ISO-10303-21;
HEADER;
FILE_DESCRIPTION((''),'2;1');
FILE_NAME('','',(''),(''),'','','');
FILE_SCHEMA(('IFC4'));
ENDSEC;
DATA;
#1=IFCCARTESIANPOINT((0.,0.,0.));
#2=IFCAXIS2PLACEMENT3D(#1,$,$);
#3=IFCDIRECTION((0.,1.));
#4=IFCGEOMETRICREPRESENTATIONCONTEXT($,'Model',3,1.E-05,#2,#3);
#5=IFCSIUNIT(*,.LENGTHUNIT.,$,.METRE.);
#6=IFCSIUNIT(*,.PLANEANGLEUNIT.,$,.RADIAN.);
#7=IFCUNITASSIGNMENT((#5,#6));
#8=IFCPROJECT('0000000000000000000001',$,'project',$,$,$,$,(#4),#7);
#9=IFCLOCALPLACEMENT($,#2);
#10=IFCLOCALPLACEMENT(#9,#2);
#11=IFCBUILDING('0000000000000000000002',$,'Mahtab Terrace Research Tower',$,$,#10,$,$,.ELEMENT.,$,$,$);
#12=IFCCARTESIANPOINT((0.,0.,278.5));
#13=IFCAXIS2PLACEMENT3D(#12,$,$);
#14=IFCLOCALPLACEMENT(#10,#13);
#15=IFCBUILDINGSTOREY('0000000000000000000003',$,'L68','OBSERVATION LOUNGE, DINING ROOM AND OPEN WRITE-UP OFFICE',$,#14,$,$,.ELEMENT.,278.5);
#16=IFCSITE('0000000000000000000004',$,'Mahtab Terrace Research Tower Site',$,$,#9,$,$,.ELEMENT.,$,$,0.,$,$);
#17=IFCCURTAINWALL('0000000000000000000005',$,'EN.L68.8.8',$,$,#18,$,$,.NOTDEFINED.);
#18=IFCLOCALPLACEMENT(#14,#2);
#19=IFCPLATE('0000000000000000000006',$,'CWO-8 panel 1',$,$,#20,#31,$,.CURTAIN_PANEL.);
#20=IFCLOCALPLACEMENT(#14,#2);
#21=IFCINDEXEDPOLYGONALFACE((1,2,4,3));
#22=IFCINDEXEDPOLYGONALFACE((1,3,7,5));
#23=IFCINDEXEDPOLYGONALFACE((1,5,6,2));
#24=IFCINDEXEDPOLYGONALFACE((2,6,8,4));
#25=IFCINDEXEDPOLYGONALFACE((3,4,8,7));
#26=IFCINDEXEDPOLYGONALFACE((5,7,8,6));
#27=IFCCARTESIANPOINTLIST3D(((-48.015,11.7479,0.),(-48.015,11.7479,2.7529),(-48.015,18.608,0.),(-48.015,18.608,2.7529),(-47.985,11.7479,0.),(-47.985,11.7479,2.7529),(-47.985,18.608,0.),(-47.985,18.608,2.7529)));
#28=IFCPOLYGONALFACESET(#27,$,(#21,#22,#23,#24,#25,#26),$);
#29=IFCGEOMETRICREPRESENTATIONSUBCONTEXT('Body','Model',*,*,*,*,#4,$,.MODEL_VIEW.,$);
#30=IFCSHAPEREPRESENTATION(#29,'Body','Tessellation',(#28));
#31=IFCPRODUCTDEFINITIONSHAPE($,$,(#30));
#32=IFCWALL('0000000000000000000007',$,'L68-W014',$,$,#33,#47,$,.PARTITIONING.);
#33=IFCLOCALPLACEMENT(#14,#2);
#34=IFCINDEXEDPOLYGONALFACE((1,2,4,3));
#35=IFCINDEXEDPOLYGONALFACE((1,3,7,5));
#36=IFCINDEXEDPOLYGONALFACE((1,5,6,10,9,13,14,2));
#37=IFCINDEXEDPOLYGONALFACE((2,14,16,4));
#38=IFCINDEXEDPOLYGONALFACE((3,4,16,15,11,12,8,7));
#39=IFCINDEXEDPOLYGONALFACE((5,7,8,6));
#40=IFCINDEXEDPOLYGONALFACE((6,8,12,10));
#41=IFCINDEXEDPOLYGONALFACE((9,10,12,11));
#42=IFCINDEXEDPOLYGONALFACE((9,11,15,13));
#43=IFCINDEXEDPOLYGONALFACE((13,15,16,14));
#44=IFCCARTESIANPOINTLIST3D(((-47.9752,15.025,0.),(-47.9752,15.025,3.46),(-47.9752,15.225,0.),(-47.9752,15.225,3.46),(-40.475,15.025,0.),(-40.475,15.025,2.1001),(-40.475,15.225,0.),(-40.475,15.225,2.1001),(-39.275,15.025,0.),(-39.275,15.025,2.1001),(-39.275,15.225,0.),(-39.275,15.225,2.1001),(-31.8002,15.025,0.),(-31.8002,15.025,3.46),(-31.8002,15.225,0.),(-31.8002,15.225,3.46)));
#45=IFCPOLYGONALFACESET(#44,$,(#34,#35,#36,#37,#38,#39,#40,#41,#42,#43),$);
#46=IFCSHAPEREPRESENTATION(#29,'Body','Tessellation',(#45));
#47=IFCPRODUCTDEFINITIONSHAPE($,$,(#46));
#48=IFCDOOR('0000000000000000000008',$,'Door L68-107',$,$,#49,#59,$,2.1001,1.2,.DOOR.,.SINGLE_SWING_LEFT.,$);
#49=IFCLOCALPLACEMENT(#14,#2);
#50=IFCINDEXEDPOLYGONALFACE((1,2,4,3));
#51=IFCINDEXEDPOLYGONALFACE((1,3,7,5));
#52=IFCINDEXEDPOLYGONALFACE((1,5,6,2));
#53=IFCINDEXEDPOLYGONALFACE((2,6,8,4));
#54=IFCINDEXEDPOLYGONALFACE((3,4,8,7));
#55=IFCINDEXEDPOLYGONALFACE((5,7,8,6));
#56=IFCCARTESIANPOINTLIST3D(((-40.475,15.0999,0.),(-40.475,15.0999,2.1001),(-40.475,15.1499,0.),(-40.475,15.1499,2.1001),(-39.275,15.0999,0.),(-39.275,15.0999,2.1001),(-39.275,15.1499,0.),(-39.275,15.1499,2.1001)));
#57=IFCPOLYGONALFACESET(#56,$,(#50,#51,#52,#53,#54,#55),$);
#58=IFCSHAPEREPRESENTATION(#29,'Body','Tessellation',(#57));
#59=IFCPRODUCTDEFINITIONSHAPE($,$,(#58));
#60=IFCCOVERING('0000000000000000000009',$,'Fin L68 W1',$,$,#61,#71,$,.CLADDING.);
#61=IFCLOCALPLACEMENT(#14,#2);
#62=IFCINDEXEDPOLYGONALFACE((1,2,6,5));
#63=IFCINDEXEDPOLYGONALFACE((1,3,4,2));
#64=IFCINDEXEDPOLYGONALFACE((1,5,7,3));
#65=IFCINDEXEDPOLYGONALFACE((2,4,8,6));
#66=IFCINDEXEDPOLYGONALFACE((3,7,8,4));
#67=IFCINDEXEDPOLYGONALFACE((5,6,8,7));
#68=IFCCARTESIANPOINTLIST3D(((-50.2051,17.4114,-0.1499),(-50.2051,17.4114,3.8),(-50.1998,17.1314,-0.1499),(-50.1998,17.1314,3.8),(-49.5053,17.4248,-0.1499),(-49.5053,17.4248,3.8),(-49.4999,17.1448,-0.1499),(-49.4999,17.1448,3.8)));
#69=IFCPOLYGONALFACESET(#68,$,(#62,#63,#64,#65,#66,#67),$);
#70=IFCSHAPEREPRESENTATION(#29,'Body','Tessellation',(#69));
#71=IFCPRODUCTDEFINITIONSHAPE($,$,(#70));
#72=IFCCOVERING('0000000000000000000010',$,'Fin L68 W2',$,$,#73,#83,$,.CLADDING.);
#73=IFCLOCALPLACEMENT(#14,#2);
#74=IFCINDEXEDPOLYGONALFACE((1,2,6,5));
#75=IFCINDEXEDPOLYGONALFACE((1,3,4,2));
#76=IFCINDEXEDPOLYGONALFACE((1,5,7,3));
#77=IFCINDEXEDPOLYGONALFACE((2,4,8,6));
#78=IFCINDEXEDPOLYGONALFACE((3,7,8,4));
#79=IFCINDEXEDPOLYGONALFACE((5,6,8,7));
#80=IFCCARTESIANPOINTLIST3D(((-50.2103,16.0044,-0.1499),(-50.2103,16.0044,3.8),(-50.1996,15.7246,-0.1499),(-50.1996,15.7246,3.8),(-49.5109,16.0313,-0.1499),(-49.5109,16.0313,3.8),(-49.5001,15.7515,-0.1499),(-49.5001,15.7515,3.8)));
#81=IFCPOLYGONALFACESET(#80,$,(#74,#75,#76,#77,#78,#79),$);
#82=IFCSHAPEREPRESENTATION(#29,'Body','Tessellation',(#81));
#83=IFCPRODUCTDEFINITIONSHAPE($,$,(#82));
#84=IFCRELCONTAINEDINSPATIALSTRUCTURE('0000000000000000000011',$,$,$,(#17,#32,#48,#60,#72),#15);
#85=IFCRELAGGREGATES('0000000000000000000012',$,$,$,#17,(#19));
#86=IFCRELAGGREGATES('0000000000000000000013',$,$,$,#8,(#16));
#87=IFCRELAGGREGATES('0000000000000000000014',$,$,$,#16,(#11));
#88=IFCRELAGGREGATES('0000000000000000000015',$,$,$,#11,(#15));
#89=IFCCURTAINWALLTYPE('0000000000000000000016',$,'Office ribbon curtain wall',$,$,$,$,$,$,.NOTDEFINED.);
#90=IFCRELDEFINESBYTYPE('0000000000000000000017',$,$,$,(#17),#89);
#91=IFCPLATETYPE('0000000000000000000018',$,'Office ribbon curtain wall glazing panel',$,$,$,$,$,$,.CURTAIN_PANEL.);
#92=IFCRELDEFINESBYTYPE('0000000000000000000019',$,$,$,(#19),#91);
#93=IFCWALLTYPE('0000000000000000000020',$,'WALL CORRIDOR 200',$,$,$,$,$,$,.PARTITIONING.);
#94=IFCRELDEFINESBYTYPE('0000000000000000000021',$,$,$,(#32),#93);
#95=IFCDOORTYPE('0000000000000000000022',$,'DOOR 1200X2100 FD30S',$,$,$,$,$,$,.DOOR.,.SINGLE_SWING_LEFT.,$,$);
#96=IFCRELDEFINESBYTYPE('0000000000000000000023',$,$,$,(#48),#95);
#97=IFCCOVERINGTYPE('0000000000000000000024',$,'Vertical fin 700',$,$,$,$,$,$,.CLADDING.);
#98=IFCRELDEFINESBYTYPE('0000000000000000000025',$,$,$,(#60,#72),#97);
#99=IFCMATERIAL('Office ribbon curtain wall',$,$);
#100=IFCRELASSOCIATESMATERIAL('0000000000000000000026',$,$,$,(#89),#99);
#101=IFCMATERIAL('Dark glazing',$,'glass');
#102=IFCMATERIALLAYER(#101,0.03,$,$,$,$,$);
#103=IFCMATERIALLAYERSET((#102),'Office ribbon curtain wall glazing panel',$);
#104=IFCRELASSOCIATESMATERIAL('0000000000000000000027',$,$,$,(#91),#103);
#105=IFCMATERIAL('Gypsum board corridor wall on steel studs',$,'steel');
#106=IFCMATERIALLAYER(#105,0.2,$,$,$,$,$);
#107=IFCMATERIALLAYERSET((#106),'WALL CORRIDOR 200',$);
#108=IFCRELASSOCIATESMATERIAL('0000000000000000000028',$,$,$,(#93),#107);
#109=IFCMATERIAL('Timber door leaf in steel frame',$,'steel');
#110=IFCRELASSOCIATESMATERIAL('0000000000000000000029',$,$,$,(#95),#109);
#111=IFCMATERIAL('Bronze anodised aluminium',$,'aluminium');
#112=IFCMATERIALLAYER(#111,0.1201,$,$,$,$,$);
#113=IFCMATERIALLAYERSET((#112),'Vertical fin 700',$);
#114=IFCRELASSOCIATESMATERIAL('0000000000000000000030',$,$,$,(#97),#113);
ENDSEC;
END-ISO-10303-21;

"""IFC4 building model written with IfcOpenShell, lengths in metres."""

from ifc_helpers import new_model, si_unit, direction, frame, frame_2d, origin, origin_2d, place, context, subcontext, project, spatial, rectangle, extrude, material, layer, layer_set, type_object, element, fill, aggregate, save


model = new_model("IFC4")

# Units and contexts
model_context = context("Model", 3, precision=1e-05, world=origin(), true_north=direction((0.0, 1.0)))
body_context = subcontext(model_context, "Body", "Model", "MODEL_VIEW")
ifc_project = project(units=[si_unit("LENGTHUNIT", "METRE"), si_unit("PLANEANGLEUNIT", "RADIAN")], contexts=[model_context])

# Site, building, storey
site_placement = place(None, origin())
site = spatial("IfcSite", under=ifc_project, at=site_placement, Name="Mahtab Terrace Research Tower Site", CompositionType="ELEMENT", RefElevation=0.0)
building_placement = place(site_placement, origin())
building = spatial("IfcBuilding", under=site, at=building_placement, Name="Mahtab Terrace Research Tower", CompositionType="ELEMENT")
storey_placement = place(building_placement, frame((0.0, 0.0, 278.5)))
storey = spatial("IfcBuildingStorey", under=building, at=storey_placement, Name="L68", Description="OBSERVATION LOUNGE, DINING ROOM AND OPEN WRITE-UP OFFICE", CompositionType="ELEMENT", Elevation=278.5)

# Curtain wall, plate
ifc_material_1 = material(Name="Office ribbon curtain wall")
curtain_wall_type = type_object("IfcCurtainWallType", Name="Office ribbon curtain wall", PredefinedType="NOTDEFINED", material=ifc_material_1)
curtain_wall_placement = place(storey_placement, origin())
curtain_wall = element("IfcCurtainWall", 1, at=curtain_wall_placement, inside=storey, type_object=curtain_wall_type, Name="EN.L68.8.8", PredefinedType="NOTDEFINED")
ifc_material_2 = material(Name="Dark glazing", Category="glass")
ifc_layer_1 = layer(ifc_material_2, 0.03)
ifc_layer_set_1 = layer_set([ifc_layer_1], Name="Office ribbon curtain wall glazing panel")
plate_type = type_object("IfcPlateType", Name="Office ribbon curtain wall glazing panel", PredefinedType="CURTAIN_PANEL", material=ifc_layer_set_1)
plate_placement = place(storey_placement, frame((-48.0, 15.178, 0.0), z_axis=(0.0, 0.0, 1.0), x_axis=(0.0, -1.0, 0.0)))
plate = element("IfcPlate", 2, at=plate_placement, type_object=plate_type, Name="CWO-8 panel 1", PredefinedType="CURTAIN_PANEL", context=body_context, shape_type="SweptSolid", body=[
    extrude(rectangle(XDim=6.8601, YDim=0.03, at=origin_2d()), origin(), (0.0, 0.0, 1.0), 2.7529),
])
aggregate(curtain_wall, [plate])

# Wall, opening, door
ifc_material_3 = material(Name="Gypsum board corridor wall on steel studs", Category="steel")
ifc_layer_2 = layer(ifc_material_3, 0.2)
ifc_layer_set_2 = layer_set([ifc_layer_2], Name="WALL CORRIDOR 200")
wall_type = type_object("IfcWallType", Name="WALL CORRIDOR 200", PredefinedType="PARTITIONING", material=ifc_layer_set_2)
wall_1_placement = place(storey_placement, frame((-47.9751, 15.125, 0.0), z_axis=(0.0, 0.0, 1.0), x_axis=(1.0, 0.0, 0.0)))
wall_1 = element("IfcWall", 3, at=wall_1_placement, inside=storey, type_object=wall_type, Name="L68-W014", PredefinedType="PARTITIONING", context=body_context, shape_type="SweptSolid", body=[
    extrude(rectangle(XDim=16.175, YDim=0.2, at=frame_2d((8.0874, 0.0))), origin(), (0.0, 0.0, 1.0), 3.46),
])
opening_1_placement = place(wall_1_placement, frame((7.5, 0.0, 0.0)))
opening_1 = element("IfcOpeningElement", 4, at=opening_1_placement, cuts=wall_1, PredefinedType="OPENING", context=body_context, shape_type="SweptSolid", body=[
    extrude(rectangle(XDim=1.2, YDim=2.1001, at=frame_2d((0.6001, 1.05))), frame((0.0, 0.1099, 0.0), z_axis=(0.0, -1.0, 0.0), x_axis=(1.0, 0.0, 0.0)), (0.0, 0.0, 1.0), 0.22),
])
ifc_material_4 = material(Name="Timber door leaf in steel frame", Category="steel")
door_type_1 = type_object("IfcDoorType", Name="DOOR 1200X2100 FD30S", OperationType="SINGLE_SWING_LEFT", PredefinedType="DOOR", material=ifc_material_4)
door_1_placement = place(opening_1_placement, origin())
door_1 = element("IfcDoor", 5, at=door_1_placement, inside=storey, type_object=door_type_1, Name="Door L68-107", OperationType="SINGLE_SWING_LEFT", OverallHeight=2.1001, OverallWidth=1.2, PredefinedType="DOOR", context=body_context, shape_type="SweptSolid", body=[
    extrude(rectangle(XDim=1.2, YDim=2.1001, at=frame_2d((0.6001, 1.05))), frame((0.0, 0.0249, 0.0), z_axis=(0.0, -1.0, 0.0), x_axis=(1.0, 0.0, 0.0)), (0.0, 0.0, 1.0), 0.05),
])
fill(opening_1, door_1)

# Coverings
ifc_material_5 = material(Name="Bronze anodised aluminium", Category="aluminium")
ifc_layer_3 = layer(ifc_material_5, 0.1201)
ifc_layer_set_3 = layer_set([ifc_layer_3], Name="Vertical fin 700")
covering_type = type_object("IfcCoveringType", Name="Vertical fin 700", PredefinedType="CLADDING", material=ifc_layer_set_3)
for number, where, z_axis, x_axis, name in (
    (6, (-49.8525, 17.2781, -0.1499), (0.0, 0.0, 1.0), (0.01915, -0.999817, 0.0), "Fin L68 W1"),
    (7, (-49.8552, 15.8779, -0.1499), (0.0, 0.0, 1.0), (0.03843, -0.999261, 0.0), "Fin L68 W2"),
):
    element("IfcCovering", number, at=place(storey_placement, frame(where, z_axis=z_axis, x_axis=x_axis)), inside=storey, type_object=covering_type, Name=name, PredefinedType="CLADDING", context=body_context, shape_type="SweptSolid", body=[
        extrude(rectangle(XDim=0.28, YDim=0.7, at=origin_2d()), origin(), (0.0, 0.0, 1.0), 3.95),
    ])

save(model, "model.ifc")
